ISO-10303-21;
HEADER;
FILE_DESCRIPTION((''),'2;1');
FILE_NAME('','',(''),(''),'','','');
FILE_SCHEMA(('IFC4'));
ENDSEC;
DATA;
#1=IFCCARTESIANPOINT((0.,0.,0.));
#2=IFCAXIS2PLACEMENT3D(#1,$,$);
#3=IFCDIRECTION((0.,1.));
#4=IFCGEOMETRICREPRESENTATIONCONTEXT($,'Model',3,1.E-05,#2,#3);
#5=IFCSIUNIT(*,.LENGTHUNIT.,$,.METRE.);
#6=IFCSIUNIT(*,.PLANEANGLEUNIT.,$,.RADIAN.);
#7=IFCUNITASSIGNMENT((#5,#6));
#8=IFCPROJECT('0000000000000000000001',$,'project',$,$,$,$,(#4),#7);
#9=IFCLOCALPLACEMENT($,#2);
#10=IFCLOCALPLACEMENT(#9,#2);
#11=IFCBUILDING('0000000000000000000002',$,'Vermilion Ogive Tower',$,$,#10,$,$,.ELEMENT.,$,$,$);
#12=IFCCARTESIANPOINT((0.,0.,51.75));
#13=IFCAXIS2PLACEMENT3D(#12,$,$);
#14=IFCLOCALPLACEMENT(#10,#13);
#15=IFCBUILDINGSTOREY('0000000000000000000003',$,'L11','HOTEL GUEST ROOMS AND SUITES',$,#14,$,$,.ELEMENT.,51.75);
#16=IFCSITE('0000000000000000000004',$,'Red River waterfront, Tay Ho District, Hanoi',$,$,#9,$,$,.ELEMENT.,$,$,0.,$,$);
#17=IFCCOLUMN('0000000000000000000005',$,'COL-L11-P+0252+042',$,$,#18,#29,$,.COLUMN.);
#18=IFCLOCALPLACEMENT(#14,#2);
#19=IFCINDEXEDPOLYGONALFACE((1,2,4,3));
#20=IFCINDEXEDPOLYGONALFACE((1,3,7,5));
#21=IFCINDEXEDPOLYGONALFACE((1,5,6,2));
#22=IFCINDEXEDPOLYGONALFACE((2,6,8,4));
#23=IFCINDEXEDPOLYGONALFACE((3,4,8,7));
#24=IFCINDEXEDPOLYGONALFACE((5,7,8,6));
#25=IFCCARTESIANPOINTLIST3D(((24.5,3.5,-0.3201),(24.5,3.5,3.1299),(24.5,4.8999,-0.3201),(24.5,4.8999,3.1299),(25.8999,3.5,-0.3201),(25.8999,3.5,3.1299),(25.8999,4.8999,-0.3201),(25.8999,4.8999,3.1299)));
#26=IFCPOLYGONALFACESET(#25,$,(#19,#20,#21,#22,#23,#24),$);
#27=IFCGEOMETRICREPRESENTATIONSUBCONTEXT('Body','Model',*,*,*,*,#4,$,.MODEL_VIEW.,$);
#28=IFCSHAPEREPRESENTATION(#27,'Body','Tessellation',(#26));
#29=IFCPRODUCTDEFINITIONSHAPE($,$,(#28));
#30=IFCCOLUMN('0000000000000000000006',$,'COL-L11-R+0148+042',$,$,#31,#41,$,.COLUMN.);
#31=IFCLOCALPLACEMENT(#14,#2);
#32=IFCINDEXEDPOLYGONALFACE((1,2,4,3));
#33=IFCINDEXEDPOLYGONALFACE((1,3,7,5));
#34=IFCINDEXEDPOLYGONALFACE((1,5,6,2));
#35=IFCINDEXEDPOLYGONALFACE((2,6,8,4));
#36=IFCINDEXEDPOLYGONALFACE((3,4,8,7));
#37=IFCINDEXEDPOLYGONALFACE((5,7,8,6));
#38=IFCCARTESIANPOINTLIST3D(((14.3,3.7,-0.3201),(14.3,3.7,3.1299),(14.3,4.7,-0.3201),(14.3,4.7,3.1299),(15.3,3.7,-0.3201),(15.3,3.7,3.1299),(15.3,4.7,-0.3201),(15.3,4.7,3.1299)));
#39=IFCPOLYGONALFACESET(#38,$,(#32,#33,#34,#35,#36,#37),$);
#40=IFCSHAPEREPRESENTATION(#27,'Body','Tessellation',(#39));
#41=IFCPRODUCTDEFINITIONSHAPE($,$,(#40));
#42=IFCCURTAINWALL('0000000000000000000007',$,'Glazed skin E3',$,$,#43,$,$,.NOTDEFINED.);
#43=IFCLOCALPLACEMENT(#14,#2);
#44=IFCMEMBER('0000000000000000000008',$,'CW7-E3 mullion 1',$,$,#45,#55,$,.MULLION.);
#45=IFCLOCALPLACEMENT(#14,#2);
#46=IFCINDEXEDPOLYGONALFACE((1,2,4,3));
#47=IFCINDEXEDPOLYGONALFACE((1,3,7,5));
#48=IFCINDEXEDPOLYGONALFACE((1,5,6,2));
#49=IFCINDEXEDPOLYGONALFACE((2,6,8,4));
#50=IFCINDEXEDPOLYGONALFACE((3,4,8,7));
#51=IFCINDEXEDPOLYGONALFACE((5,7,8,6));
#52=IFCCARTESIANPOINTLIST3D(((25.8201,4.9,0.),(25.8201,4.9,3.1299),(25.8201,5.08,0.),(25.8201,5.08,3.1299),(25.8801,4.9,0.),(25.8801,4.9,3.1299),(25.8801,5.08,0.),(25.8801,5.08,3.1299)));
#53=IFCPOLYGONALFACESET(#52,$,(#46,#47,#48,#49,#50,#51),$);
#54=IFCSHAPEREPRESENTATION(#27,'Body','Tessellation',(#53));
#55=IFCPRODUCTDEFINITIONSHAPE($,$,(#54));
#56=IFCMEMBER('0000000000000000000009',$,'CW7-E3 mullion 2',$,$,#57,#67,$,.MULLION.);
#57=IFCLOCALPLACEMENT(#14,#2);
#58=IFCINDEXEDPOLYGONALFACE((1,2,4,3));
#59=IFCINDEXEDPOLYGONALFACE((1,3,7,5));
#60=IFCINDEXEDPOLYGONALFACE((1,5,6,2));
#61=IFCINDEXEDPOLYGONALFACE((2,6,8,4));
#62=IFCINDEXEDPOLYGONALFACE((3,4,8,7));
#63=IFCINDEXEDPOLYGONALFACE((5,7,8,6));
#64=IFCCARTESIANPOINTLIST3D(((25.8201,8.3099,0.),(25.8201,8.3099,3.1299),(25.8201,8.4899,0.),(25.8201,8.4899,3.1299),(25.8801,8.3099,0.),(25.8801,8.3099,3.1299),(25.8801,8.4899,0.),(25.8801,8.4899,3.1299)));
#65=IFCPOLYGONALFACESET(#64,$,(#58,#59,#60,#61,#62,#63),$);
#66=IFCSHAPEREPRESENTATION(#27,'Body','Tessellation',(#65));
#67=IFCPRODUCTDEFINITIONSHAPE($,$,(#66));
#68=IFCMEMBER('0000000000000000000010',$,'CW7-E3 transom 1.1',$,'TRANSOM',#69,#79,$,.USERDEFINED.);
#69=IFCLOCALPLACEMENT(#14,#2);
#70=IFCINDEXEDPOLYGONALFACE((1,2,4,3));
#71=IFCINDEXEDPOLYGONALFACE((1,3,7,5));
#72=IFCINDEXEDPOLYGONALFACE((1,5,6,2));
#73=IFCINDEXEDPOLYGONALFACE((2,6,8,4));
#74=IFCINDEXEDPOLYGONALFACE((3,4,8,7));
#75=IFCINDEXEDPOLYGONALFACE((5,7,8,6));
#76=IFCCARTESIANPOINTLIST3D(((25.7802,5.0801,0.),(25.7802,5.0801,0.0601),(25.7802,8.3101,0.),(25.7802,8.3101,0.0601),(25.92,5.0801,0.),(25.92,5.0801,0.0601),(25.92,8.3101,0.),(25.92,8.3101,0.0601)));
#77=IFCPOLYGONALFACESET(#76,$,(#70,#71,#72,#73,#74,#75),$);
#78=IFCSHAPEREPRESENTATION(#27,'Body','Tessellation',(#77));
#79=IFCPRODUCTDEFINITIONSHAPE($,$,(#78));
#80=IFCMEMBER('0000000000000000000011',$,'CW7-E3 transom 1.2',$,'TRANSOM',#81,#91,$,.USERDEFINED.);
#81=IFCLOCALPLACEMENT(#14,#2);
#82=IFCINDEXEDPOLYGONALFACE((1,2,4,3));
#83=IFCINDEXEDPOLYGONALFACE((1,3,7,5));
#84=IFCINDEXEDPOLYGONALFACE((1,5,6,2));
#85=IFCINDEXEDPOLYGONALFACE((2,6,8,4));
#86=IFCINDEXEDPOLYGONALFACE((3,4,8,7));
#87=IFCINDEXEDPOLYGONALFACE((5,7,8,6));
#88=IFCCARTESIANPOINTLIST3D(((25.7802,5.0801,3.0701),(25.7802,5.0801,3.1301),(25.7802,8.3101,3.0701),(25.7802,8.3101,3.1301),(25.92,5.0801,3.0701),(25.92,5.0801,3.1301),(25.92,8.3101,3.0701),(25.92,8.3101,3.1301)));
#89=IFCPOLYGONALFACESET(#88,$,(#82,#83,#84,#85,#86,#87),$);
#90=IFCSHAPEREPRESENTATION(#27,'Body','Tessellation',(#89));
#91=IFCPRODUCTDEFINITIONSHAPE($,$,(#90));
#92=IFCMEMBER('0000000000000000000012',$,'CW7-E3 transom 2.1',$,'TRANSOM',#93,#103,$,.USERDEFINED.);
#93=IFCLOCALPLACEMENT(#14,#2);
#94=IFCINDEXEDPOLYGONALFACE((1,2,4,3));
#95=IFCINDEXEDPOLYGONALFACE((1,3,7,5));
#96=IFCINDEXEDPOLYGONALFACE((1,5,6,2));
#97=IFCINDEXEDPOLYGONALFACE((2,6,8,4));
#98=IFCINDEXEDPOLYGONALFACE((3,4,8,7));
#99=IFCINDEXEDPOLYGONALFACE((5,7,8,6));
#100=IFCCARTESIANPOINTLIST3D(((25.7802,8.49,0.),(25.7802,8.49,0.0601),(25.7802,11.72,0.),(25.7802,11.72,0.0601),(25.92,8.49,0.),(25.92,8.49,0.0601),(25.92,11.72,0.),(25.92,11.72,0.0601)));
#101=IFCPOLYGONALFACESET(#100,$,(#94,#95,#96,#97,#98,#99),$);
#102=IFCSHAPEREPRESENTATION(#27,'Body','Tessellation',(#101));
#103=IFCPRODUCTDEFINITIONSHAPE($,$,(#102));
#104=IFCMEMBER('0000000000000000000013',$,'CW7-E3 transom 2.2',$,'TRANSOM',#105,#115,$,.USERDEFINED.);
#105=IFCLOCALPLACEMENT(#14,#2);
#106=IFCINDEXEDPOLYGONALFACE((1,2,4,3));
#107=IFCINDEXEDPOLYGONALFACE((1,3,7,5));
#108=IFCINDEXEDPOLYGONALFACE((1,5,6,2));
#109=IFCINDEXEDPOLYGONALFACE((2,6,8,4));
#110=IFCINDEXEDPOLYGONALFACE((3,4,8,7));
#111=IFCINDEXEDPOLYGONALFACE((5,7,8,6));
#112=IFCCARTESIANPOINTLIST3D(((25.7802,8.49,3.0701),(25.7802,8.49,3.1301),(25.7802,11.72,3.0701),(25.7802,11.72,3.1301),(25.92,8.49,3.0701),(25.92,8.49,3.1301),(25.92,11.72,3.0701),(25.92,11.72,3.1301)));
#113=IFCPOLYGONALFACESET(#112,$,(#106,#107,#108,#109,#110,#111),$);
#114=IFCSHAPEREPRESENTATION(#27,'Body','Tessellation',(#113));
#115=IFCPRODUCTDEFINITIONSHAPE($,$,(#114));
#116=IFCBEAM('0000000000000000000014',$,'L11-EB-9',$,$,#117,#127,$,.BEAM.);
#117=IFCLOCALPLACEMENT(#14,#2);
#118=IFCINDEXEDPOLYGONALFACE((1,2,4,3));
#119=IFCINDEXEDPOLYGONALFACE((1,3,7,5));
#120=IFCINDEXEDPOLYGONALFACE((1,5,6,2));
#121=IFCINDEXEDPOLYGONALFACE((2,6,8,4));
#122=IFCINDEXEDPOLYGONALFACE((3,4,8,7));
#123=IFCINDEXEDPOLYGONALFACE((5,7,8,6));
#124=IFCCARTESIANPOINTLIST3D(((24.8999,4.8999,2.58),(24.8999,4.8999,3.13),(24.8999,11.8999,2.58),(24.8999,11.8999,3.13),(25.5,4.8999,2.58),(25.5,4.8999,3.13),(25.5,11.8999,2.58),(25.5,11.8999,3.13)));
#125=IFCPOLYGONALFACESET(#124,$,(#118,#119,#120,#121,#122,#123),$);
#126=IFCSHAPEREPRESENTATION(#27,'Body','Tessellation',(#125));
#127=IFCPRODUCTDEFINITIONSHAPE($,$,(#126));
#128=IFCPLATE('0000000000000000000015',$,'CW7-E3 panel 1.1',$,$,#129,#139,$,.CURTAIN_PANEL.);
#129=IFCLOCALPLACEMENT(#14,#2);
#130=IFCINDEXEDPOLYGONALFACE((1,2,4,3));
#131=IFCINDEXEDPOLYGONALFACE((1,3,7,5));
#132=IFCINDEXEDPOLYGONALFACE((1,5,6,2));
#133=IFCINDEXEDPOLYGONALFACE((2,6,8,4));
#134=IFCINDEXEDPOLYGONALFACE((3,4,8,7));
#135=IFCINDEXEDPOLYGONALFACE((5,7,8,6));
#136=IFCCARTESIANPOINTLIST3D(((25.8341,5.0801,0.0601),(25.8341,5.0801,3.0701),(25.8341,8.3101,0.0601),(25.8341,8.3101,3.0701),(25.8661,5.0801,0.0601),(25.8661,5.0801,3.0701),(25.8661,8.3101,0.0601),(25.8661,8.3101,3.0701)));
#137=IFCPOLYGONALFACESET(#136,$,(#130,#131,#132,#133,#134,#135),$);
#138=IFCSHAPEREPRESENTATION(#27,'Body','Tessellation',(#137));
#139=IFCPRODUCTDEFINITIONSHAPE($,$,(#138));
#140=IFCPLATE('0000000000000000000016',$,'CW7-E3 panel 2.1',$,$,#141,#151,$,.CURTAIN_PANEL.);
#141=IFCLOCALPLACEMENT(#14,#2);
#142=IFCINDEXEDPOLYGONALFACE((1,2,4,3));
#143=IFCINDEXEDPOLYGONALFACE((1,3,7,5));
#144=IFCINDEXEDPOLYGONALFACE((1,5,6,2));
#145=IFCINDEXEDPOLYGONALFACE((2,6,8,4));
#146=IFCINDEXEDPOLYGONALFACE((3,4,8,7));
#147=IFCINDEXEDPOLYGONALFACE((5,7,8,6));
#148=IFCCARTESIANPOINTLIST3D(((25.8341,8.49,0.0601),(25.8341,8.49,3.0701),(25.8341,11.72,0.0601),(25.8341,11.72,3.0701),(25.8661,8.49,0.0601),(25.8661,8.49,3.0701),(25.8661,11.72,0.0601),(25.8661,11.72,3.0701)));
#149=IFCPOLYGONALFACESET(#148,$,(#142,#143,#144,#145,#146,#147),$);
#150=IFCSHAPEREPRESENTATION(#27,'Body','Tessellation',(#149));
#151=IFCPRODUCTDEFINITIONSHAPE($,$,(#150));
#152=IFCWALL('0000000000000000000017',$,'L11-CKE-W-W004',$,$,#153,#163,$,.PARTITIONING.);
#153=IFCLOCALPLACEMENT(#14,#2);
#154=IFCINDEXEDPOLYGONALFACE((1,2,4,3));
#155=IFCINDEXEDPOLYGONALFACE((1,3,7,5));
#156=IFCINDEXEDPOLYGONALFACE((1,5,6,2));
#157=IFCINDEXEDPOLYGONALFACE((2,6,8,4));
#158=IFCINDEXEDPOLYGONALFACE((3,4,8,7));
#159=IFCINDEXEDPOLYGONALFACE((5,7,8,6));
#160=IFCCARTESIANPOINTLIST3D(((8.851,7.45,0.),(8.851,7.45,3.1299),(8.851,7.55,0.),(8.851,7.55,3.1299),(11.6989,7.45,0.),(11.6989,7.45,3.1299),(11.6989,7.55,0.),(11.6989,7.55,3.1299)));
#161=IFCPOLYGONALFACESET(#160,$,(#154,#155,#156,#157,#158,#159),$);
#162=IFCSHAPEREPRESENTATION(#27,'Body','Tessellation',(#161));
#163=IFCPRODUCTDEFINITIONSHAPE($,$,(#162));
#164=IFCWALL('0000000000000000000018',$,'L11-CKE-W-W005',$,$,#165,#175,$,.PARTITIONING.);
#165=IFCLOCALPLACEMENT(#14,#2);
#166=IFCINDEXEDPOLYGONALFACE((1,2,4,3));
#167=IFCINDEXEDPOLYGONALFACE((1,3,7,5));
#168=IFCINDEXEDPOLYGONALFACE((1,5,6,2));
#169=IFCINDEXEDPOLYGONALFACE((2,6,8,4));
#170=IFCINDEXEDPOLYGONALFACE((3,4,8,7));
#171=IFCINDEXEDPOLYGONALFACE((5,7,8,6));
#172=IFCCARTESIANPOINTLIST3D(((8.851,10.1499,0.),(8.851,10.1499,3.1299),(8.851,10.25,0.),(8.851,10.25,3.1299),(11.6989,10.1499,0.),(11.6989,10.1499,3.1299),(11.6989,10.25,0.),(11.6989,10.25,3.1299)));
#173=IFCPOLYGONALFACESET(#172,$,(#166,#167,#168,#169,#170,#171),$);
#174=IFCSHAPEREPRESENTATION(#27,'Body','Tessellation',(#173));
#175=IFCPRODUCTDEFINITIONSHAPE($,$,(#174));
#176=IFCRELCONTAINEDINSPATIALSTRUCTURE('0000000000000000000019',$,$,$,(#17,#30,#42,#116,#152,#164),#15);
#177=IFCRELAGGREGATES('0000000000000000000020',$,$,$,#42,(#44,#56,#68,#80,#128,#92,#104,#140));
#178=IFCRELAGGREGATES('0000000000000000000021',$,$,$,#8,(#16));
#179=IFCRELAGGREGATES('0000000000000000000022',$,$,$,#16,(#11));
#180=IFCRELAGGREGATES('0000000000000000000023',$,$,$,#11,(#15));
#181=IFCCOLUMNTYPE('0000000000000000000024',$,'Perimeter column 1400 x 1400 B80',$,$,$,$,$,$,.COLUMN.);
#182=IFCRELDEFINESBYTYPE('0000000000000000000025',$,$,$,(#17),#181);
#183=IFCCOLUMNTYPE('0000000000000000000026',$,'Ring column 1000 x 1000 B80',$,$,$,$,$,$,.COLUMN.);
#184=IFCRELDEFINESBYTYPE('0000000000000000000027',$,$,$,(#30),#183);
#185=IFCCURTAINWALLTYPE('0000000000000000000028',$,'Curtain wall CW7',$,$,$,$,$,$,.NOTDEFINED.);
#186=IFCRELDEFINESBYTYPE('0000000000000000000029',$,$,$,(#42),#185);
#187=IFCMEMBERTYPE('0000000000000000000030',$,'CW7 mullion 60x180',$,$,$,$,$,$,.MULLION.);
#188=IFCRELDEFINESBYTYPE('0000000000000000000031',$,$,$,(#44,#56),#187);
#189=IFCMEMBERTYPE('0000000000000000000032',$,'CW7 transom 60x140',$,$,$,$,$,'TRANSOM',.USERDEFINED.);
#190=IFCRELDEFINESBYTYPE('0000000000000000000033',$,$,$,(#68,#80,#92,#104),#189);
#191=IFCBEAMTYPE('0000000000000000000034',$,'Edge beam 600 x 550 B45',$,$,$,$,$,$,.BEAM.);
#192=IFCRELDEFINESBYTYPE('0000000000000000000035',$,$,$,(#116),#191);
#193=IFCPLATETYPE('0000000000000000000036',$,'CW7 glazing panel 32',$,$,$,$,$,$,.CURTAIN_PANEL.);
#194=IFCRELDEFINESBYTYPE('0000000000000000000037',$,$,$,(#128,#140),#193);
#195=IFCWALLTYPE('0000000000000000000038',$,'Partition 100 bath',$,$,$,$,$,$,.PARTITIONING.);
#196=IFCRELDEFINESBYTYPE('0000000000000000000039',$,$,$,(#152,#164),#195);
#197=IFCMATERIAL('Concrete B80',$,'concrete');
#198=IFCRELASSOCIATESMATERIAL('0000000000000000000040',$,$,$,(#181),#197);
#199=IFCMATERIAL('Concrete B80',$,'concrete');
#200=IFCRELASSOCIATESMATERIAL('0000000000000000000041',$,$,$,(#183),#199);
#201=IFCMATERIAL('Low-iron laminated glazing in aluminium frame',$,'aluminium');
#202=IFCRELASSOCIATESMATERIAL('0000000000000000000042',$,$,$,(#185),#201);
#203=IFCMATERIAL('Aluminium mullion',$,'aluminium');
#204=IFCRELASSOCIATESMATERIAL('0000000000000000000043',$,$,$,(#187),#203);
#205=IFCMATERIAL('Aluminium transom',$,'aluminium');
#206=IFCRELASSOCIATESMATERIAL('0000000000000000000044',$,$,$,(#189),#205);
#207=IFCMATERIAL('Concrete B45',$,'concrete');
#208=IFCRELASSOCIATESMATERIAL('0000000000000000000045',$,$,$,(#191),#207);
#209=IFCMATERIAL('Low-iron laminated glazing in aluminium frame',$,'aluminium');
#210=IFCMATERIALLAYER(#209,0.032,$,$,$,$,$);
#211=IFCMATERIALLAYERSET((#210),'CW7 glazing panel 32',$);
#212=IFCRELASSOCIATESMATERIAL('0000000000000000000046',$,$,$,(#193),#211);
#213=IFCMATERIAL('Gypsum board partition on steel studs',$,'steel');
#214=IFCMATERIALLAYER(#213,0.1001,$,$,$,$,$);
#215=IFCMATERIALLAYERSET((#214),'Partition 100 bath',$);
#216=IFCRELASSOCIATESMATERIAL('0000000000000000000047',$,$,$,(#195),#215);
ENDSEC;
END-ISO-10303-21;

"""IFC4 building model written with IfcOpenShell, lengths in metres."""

from ifc_helpers import new_model, si_unit, direction, frame, frame_2d, origin, origin_2d, place, context, subcontext, project, spatial, rectangle, extrude, material, layer, layer_set, material_profile, profile_set, type_object, element, aggregate, save


model = new_model("IFC4")

# Units and contexts
model_context = context("Model", 3, precision=1e-05, world=origin(), true_north=direction((0.0, 1.0)))
body_context = subcontext(model_context, "Body", "Model", "MODEL_VIEW")
ifc_project = project(units=[si_unit("LENGTHUNIT", "METRE"), si_unit("PLANEANGLEUNIT", "RADIAN")], contexts=[model_context])

# Site, building, storey
site_placement = place(None, origin())
site = spatial("IfcSite", under=ifc_project, at=site_placement, Name="Red River waterfront, Tay Ho District, Hanoi", CompositionType="ELEMENT", RefElevation=0.0)
building_placement = place(site_placement, origin())
building = spatial("IfcBuilding", under=site, at=building_placement, Name="Vermilion Ogive Tower", CompositionType="ELEMENT")
storey_placement = place(building_placement, frame((0.0, 0.0, 51.75)))
storey = spatial("IfcBuildingStorey", under=building, at=storey_placement, Name="L11", Description="HOTEL GUEST ROOMS AND SUITES", CompositionType="ELEMENT", Elevation=51.75)

# Columns
ifc_material_1 = material(Name="Concrete B80", Category="concrete")
ifc_material_profile_1 = material_profile(ifc_material_1, rectangle(XDim=1.3999, YDim=1.3999, at=origin_2d()), Name="1400 x 1400")
ifc_profile_set_1 = profile_set([ifc_material_profile_1], Name="Concrete B80")
column_type_1 = type_object("IfcColumnType", Name="Perimeter column 1400 x 1400 B80", PredefinedType="COLUMN", material=ifc_profile_set_1)
column_1_placement = place(storey_placement, frame((25.2, 4.2, -0.3201), z_axis=(0.0, 0.0, 1.0), x_axis=(1.0, 0.0, 0.0)))
element("IfcColumn", 1, at=column_1_placement, inside=storey, type_object=column_type_1, Name="COL-L11-P+0252+042", PredefinedType="COLUMN", context=body_context, shape_type="SweptSolid", body=[
    extrude(rectangle(XDim=1.3999, YDim=1.3999, at=origin_2d()), origin(), (0.0, 0.0, 1.0), 3.45),
])
ifc_material_2 = material(Name="Concrete B80", Category="concrete")
ifc_material_profile_2 = material_profile(ifc_material_2, rectangle(XDim=1.0, YDim=1.0, at=origin_2d()), Name="1000 x 1000")
ifc_profile_set_2 = profile_set([ifc_material_profile_2], Name="Concrete B80")
column_type_2 = type_object("IfcColumnType", Name="Ring column 1000 x 1000 B80", PredefinedType="COLUMN", material=ifc_profile_set_2)
column_2_placement = place(storey_placement, frame((14.8, 4.2, -0.3201), z_axis=(0.0, 0.0, 1.0), x_axis=(1.0, 0.0, 0.0)))
element("IfcColumn", 2, at=column_2_placement, inside=storey, type_object=column_type_2, Name="COL-L11-R+0148+042", PredefinedType="COLUMN", context=body_context, shape_type="SweptSolid", body=[
    extrude(rectangle(XDim=1.0, YDim=1.0, at=origin_2d()), origin(), (0.0, 0.0, 1.0), 3.45),
])

# Curtain wall, members
ifc_material_3 = material(Name="Low-iron laminated glazing in aluminium frame", Category="aluminium")
curtain_wall_type = type_object("IfcCurtainWallType", Name="Curtain wall CW7", PredefinedType="NOTDEFINED", material=ifc_material_3)
curtain_wall_placement = place(storey_placement, origin())
curtain_wall = element("IfcCurtainWall", 3, at=curtain_wall_placement, inside=storey, type_object=curtain_wall_type, Name="Glazed skin E3", PredefinedType="NOTDEFINED")
ifc_material_4 = material(Name="Aluminium mullion", Category="aluminium")
ifc_material_profile_3 = material_profile(ifc_material_4, rectangle(XDim=0.0601, YDim=0.1799, at=origin_2d()), Name="AL 60x180")
ifc_profile_set_3 = profile_set([ifc_material_profile_3], Name="Aluminium mullion")
member_type_1 = type_object("IfcMemberType", Name="CW7 mullion 60x180", PredefinedType="MULLION", material=ifc_profile_set_3)
member_1_placement = place(storey_placement, frame((25.8501, 4.99, 0.0), z_axis=(0.0, 0.0, 1.0), x_axis=(-1.0, 0.0, 0.0)))
member_1 = element("IfcMember", 4, at=member_1_placement, type_object=member_type_1, Name="CW7-E3 mullion 1", PredefinedType="MULLION", context=body_context, shape_type="SweptSolid", body=[
    extrude(rectangle(XDim=0.0601, YDim=0.1799, at=origin_2d()), origin(), (0.0, 0.0, 1.0), 3.1299),
])
member_2_placement = place(storey_placement, frame((25.8501, 8.3999, 0.0), z_axis=(0.0, 0.0, 1.0), x_axis=(-1.0, 0.0, 0.0)))
member_2 = element("IfcMember", 5, at=member_2_placement, type_object=member_type_1, Name="CW7-E3 mullion 2", PredefinedType="MULLION", context=body_context, shape_type="SweptSolid", body=[
    extrude(rectangle(XDim=0.0601, YDim=0.1799, at=origin_2d()), origin(), (0.0, 0.0, 1.0), 3.1299),
])
ifc_material_5 = material(Name="Aluminium transom", Category="aluminium")
ifc_material_profile_4 = material_profile(ifc_material_5, rectangle(XDim=0.1399, YDim=0.0601, at=origin_2d()), Name="AL 60x140")
ifc_profile_set_4 = profile_set([ifc_material_profile_4], Name="Aluminium transom")
member_type_2 = type_object("IfcMemberType", Name="CW7 transom 60x140", ElementType="TRANSOM", PredefinedType="USERDEFINED", material=ifc_profile_set_4)
member_3_placement = place(storey_placement, frame((25.8501, 5.0801, 0.03), z_axis=(0.0, 1.0, 0.0), x_axis=(-1.0, 0.0, 0.0)))
member_3 = element("IfcMember", 6, at=member_3_placement, type_object=member_type_2, Name="CW7-E3 transom 1.1", ObjectType="TRANSOM", PredefinedType="USERDEFINED", context=body_context, shape_type="SweptSolid", body=[
    extrude(rectangle(XDim=0.1399, YDim=0.0601, at=origin_2d()), origin(), (0.0, 0.0, 1.0), 3.23),
])
member_4_placement = place(storey_placement, frame((25.8501, 5.0801, 3.1001), z_axis=(0.0, 1.0, 0.0), x_axis=(-1.0, 0.0, 0.0)))
member_4 = element("IfcMember", 7, at=member_4_placement, type_object=member_type_2, Name="CW7-E3 transom 1.2", ObjectType="TRANSOM", PredefinedType="USERDEFINED", context=body_context, shape_type="SweptSolid", body=[
    extrude(rectangle(XDim=0.1399, YDim=0.0601, at=origin_2d()), origin(), (0.0, 0.0, 1.0), 3.23),
])
member_5_placement = place(storey_placement, frame((25.8501, 8.49, 0.03), z_axis=(0.0, 1.0, 0.0), x_axis=(-1.0, 0.0, 0.0)))
member_5 = element("IfcMember", 8, at=member_5_placement, type_object=member_type_2, Name="CW7-E3 transom 2.1", ObjectType="TRANSOM", PredefinedType="USERDEFINED", context=body_context, shape_type="SweptSolid", body=[
    extrude(rectangle(XDim=0.1399, YDim=0.0601, at=origin_2d()), origin(), (0.0, 0.0, 1.0), 3.23),
])
member_6_placement = place(storey_placement, frame((25.8501, 8.49, 3.1001), z_axis=(0.0, 1.0, 0.0), x_axis=(-1.0, 0.0, 0.0)))
member_6 = element("IfcMember", 9, at=member_6_placement, type_object=member_type_2, Name="CW7-E3 transom 2.2", ObjectType="TRANSOM", PredefinedType="USERDEFINED", context=body_context, shape_type="SweptSolid", body=[
    extrude(rectangle(XDim=0.1399, YDim=0.0601, at=origin_2d()), origin(), (0.0, 0.0, 1.0), 3.23),
])

# Beam
ifc_material_6 = material(Name="Concrete B45", Category="concrete")
ifc_material_profile_5 = material_profile(ifc_material_6, rectangle(XDim=0.6001, YDim=0.55, at=origin_2d()), Name="600 x 550")
ifc_profile_set_5 = profile_set([ifc_material_profile_5], Name="Concrete B45")
beam_type = type_object("IfcBeamType", Name="Edge beam 600 x 550 B45", PredefinedType="BEAM", material=ifc_profile_set_5)
beam_placement = place(storey_placement, frame((25.2, 4.8999, 2.855), z_axis=(0.0, 1.0, 0.0), x_axis=(-1.0, 0.0, 0.0)))
element("IfcBeam", 10, at=beam_placement, inside=storey, type_object=beam_type, Name="L11-EB-9", PredefinedType="BEAM", context=body_context, shape_type="SweptSolid", body=[
    extrude(rectangle(XDim=0.6001, YDim=0.55, at=origin_2d()), origin(), (0.0, 0.0, 1.0), 7.0),
])

# Plates
ifc_material_7 = material(Name="Low-iron laminated glazing in aluminium frame", Category="aluminium")
ifc_layer_1 = layer(ifc_material_7, 0.032)
ifc_layer_set_1 = layer_set([ifc_layer_1], Name="CW7 glazing panel 32")
plate_type = type_object("IfcPlateType", Name="CW7 glazing panel 32", PredefinedType="CURTAIN_PANEL", material=ifc_layer_set_1)
plate_1_placement = place(storey_placement, frame((25.8501, 6.6951, 0.0601), z_axis=(0.0, 0.0, 1.0), x_axis=(0.0, 1.0, 0.0)))
plate_1 = element("IfcPlate", 11, at=plate_1_placement, type_object=plate_type, Name="CW7-E3 panel 1.1", PredefinedType="CURTAIN_PANEL", context=body_context, shape_type="SweptSolid", body=[
    extrude(rectangle(XDim=3.23, YDim=0.032, at=origin_2d()), origin(), (0.0, 0.0, 1.0), 3.01),
])
plate_2_placement = place(storey_placement, frame((25.8501, 10.105, 0.0601), z_axis=(0.0, 0.0, 1.0), x_axis=(0.0, 1.0, 0.0)))
plate_2 = element("IfcPlate", 12, at=plate_2_placement, type_object=plate_type, Name="CW7-E3 panel 2.1", PredefinedType="CURTAIN_PANEL", context=body_context, shape_type="SweptSolid", body=[
    extrude(rectangle(XDim=3.23, YDim=0.032, at=origin_2d()), origin(), (0.0, 0.0, 1.0), 3.01),
])
aggregate(curtain_wall, [member_1, member_2, member_3, member_4, plate_1, member_5, member_6, plate_2])

# Walls
ifc_material_8 = material(Name="Gypsum board partition on steel studs", Category="steel")
ifc_layer_2 = layer(ifc_material_8, 0.1001)
ifc_layer_set_2 = layer_set([ifc_layer_2], Name="Partition 100 bath")
wall_type_1 = type_object("IfcWallType", Name="Partition 100 bath", PredefinedType="PARTITIONING", material=ifc_layer_set_2)
for number, where, z_axis, x_axis, name in (
    (13, (8.8511, 7.5, 0.0), (0.0, 0.0, 1.0), (1.0, 0.0, 0.0), "L11-CKE-W-W004"),
    (14, (8.8511, 10.2, 0.0), (0.0, 0.0, 1.0), (1.0, 0.0, 0.0), "L11-CKE-W-W005"),
):
    element("IfcWall", number, at=place(storey_placement, frame(where, z_axis=z_axis, x_axis=x_axis)), inside=storey, type_object=wall_type_1, Name=name, PredefinedType="PARTITIONING", context=body_context, shape_type="SweptSolid", body=[
        extrude(rectangle(XDim=2.8479, YDim=0.1001, at=frame_2d((1.4238, 0.0))), origin(), (0.0, 0.0, 1.0), 3.1299),
    ])

save(model, "model.ifc")
